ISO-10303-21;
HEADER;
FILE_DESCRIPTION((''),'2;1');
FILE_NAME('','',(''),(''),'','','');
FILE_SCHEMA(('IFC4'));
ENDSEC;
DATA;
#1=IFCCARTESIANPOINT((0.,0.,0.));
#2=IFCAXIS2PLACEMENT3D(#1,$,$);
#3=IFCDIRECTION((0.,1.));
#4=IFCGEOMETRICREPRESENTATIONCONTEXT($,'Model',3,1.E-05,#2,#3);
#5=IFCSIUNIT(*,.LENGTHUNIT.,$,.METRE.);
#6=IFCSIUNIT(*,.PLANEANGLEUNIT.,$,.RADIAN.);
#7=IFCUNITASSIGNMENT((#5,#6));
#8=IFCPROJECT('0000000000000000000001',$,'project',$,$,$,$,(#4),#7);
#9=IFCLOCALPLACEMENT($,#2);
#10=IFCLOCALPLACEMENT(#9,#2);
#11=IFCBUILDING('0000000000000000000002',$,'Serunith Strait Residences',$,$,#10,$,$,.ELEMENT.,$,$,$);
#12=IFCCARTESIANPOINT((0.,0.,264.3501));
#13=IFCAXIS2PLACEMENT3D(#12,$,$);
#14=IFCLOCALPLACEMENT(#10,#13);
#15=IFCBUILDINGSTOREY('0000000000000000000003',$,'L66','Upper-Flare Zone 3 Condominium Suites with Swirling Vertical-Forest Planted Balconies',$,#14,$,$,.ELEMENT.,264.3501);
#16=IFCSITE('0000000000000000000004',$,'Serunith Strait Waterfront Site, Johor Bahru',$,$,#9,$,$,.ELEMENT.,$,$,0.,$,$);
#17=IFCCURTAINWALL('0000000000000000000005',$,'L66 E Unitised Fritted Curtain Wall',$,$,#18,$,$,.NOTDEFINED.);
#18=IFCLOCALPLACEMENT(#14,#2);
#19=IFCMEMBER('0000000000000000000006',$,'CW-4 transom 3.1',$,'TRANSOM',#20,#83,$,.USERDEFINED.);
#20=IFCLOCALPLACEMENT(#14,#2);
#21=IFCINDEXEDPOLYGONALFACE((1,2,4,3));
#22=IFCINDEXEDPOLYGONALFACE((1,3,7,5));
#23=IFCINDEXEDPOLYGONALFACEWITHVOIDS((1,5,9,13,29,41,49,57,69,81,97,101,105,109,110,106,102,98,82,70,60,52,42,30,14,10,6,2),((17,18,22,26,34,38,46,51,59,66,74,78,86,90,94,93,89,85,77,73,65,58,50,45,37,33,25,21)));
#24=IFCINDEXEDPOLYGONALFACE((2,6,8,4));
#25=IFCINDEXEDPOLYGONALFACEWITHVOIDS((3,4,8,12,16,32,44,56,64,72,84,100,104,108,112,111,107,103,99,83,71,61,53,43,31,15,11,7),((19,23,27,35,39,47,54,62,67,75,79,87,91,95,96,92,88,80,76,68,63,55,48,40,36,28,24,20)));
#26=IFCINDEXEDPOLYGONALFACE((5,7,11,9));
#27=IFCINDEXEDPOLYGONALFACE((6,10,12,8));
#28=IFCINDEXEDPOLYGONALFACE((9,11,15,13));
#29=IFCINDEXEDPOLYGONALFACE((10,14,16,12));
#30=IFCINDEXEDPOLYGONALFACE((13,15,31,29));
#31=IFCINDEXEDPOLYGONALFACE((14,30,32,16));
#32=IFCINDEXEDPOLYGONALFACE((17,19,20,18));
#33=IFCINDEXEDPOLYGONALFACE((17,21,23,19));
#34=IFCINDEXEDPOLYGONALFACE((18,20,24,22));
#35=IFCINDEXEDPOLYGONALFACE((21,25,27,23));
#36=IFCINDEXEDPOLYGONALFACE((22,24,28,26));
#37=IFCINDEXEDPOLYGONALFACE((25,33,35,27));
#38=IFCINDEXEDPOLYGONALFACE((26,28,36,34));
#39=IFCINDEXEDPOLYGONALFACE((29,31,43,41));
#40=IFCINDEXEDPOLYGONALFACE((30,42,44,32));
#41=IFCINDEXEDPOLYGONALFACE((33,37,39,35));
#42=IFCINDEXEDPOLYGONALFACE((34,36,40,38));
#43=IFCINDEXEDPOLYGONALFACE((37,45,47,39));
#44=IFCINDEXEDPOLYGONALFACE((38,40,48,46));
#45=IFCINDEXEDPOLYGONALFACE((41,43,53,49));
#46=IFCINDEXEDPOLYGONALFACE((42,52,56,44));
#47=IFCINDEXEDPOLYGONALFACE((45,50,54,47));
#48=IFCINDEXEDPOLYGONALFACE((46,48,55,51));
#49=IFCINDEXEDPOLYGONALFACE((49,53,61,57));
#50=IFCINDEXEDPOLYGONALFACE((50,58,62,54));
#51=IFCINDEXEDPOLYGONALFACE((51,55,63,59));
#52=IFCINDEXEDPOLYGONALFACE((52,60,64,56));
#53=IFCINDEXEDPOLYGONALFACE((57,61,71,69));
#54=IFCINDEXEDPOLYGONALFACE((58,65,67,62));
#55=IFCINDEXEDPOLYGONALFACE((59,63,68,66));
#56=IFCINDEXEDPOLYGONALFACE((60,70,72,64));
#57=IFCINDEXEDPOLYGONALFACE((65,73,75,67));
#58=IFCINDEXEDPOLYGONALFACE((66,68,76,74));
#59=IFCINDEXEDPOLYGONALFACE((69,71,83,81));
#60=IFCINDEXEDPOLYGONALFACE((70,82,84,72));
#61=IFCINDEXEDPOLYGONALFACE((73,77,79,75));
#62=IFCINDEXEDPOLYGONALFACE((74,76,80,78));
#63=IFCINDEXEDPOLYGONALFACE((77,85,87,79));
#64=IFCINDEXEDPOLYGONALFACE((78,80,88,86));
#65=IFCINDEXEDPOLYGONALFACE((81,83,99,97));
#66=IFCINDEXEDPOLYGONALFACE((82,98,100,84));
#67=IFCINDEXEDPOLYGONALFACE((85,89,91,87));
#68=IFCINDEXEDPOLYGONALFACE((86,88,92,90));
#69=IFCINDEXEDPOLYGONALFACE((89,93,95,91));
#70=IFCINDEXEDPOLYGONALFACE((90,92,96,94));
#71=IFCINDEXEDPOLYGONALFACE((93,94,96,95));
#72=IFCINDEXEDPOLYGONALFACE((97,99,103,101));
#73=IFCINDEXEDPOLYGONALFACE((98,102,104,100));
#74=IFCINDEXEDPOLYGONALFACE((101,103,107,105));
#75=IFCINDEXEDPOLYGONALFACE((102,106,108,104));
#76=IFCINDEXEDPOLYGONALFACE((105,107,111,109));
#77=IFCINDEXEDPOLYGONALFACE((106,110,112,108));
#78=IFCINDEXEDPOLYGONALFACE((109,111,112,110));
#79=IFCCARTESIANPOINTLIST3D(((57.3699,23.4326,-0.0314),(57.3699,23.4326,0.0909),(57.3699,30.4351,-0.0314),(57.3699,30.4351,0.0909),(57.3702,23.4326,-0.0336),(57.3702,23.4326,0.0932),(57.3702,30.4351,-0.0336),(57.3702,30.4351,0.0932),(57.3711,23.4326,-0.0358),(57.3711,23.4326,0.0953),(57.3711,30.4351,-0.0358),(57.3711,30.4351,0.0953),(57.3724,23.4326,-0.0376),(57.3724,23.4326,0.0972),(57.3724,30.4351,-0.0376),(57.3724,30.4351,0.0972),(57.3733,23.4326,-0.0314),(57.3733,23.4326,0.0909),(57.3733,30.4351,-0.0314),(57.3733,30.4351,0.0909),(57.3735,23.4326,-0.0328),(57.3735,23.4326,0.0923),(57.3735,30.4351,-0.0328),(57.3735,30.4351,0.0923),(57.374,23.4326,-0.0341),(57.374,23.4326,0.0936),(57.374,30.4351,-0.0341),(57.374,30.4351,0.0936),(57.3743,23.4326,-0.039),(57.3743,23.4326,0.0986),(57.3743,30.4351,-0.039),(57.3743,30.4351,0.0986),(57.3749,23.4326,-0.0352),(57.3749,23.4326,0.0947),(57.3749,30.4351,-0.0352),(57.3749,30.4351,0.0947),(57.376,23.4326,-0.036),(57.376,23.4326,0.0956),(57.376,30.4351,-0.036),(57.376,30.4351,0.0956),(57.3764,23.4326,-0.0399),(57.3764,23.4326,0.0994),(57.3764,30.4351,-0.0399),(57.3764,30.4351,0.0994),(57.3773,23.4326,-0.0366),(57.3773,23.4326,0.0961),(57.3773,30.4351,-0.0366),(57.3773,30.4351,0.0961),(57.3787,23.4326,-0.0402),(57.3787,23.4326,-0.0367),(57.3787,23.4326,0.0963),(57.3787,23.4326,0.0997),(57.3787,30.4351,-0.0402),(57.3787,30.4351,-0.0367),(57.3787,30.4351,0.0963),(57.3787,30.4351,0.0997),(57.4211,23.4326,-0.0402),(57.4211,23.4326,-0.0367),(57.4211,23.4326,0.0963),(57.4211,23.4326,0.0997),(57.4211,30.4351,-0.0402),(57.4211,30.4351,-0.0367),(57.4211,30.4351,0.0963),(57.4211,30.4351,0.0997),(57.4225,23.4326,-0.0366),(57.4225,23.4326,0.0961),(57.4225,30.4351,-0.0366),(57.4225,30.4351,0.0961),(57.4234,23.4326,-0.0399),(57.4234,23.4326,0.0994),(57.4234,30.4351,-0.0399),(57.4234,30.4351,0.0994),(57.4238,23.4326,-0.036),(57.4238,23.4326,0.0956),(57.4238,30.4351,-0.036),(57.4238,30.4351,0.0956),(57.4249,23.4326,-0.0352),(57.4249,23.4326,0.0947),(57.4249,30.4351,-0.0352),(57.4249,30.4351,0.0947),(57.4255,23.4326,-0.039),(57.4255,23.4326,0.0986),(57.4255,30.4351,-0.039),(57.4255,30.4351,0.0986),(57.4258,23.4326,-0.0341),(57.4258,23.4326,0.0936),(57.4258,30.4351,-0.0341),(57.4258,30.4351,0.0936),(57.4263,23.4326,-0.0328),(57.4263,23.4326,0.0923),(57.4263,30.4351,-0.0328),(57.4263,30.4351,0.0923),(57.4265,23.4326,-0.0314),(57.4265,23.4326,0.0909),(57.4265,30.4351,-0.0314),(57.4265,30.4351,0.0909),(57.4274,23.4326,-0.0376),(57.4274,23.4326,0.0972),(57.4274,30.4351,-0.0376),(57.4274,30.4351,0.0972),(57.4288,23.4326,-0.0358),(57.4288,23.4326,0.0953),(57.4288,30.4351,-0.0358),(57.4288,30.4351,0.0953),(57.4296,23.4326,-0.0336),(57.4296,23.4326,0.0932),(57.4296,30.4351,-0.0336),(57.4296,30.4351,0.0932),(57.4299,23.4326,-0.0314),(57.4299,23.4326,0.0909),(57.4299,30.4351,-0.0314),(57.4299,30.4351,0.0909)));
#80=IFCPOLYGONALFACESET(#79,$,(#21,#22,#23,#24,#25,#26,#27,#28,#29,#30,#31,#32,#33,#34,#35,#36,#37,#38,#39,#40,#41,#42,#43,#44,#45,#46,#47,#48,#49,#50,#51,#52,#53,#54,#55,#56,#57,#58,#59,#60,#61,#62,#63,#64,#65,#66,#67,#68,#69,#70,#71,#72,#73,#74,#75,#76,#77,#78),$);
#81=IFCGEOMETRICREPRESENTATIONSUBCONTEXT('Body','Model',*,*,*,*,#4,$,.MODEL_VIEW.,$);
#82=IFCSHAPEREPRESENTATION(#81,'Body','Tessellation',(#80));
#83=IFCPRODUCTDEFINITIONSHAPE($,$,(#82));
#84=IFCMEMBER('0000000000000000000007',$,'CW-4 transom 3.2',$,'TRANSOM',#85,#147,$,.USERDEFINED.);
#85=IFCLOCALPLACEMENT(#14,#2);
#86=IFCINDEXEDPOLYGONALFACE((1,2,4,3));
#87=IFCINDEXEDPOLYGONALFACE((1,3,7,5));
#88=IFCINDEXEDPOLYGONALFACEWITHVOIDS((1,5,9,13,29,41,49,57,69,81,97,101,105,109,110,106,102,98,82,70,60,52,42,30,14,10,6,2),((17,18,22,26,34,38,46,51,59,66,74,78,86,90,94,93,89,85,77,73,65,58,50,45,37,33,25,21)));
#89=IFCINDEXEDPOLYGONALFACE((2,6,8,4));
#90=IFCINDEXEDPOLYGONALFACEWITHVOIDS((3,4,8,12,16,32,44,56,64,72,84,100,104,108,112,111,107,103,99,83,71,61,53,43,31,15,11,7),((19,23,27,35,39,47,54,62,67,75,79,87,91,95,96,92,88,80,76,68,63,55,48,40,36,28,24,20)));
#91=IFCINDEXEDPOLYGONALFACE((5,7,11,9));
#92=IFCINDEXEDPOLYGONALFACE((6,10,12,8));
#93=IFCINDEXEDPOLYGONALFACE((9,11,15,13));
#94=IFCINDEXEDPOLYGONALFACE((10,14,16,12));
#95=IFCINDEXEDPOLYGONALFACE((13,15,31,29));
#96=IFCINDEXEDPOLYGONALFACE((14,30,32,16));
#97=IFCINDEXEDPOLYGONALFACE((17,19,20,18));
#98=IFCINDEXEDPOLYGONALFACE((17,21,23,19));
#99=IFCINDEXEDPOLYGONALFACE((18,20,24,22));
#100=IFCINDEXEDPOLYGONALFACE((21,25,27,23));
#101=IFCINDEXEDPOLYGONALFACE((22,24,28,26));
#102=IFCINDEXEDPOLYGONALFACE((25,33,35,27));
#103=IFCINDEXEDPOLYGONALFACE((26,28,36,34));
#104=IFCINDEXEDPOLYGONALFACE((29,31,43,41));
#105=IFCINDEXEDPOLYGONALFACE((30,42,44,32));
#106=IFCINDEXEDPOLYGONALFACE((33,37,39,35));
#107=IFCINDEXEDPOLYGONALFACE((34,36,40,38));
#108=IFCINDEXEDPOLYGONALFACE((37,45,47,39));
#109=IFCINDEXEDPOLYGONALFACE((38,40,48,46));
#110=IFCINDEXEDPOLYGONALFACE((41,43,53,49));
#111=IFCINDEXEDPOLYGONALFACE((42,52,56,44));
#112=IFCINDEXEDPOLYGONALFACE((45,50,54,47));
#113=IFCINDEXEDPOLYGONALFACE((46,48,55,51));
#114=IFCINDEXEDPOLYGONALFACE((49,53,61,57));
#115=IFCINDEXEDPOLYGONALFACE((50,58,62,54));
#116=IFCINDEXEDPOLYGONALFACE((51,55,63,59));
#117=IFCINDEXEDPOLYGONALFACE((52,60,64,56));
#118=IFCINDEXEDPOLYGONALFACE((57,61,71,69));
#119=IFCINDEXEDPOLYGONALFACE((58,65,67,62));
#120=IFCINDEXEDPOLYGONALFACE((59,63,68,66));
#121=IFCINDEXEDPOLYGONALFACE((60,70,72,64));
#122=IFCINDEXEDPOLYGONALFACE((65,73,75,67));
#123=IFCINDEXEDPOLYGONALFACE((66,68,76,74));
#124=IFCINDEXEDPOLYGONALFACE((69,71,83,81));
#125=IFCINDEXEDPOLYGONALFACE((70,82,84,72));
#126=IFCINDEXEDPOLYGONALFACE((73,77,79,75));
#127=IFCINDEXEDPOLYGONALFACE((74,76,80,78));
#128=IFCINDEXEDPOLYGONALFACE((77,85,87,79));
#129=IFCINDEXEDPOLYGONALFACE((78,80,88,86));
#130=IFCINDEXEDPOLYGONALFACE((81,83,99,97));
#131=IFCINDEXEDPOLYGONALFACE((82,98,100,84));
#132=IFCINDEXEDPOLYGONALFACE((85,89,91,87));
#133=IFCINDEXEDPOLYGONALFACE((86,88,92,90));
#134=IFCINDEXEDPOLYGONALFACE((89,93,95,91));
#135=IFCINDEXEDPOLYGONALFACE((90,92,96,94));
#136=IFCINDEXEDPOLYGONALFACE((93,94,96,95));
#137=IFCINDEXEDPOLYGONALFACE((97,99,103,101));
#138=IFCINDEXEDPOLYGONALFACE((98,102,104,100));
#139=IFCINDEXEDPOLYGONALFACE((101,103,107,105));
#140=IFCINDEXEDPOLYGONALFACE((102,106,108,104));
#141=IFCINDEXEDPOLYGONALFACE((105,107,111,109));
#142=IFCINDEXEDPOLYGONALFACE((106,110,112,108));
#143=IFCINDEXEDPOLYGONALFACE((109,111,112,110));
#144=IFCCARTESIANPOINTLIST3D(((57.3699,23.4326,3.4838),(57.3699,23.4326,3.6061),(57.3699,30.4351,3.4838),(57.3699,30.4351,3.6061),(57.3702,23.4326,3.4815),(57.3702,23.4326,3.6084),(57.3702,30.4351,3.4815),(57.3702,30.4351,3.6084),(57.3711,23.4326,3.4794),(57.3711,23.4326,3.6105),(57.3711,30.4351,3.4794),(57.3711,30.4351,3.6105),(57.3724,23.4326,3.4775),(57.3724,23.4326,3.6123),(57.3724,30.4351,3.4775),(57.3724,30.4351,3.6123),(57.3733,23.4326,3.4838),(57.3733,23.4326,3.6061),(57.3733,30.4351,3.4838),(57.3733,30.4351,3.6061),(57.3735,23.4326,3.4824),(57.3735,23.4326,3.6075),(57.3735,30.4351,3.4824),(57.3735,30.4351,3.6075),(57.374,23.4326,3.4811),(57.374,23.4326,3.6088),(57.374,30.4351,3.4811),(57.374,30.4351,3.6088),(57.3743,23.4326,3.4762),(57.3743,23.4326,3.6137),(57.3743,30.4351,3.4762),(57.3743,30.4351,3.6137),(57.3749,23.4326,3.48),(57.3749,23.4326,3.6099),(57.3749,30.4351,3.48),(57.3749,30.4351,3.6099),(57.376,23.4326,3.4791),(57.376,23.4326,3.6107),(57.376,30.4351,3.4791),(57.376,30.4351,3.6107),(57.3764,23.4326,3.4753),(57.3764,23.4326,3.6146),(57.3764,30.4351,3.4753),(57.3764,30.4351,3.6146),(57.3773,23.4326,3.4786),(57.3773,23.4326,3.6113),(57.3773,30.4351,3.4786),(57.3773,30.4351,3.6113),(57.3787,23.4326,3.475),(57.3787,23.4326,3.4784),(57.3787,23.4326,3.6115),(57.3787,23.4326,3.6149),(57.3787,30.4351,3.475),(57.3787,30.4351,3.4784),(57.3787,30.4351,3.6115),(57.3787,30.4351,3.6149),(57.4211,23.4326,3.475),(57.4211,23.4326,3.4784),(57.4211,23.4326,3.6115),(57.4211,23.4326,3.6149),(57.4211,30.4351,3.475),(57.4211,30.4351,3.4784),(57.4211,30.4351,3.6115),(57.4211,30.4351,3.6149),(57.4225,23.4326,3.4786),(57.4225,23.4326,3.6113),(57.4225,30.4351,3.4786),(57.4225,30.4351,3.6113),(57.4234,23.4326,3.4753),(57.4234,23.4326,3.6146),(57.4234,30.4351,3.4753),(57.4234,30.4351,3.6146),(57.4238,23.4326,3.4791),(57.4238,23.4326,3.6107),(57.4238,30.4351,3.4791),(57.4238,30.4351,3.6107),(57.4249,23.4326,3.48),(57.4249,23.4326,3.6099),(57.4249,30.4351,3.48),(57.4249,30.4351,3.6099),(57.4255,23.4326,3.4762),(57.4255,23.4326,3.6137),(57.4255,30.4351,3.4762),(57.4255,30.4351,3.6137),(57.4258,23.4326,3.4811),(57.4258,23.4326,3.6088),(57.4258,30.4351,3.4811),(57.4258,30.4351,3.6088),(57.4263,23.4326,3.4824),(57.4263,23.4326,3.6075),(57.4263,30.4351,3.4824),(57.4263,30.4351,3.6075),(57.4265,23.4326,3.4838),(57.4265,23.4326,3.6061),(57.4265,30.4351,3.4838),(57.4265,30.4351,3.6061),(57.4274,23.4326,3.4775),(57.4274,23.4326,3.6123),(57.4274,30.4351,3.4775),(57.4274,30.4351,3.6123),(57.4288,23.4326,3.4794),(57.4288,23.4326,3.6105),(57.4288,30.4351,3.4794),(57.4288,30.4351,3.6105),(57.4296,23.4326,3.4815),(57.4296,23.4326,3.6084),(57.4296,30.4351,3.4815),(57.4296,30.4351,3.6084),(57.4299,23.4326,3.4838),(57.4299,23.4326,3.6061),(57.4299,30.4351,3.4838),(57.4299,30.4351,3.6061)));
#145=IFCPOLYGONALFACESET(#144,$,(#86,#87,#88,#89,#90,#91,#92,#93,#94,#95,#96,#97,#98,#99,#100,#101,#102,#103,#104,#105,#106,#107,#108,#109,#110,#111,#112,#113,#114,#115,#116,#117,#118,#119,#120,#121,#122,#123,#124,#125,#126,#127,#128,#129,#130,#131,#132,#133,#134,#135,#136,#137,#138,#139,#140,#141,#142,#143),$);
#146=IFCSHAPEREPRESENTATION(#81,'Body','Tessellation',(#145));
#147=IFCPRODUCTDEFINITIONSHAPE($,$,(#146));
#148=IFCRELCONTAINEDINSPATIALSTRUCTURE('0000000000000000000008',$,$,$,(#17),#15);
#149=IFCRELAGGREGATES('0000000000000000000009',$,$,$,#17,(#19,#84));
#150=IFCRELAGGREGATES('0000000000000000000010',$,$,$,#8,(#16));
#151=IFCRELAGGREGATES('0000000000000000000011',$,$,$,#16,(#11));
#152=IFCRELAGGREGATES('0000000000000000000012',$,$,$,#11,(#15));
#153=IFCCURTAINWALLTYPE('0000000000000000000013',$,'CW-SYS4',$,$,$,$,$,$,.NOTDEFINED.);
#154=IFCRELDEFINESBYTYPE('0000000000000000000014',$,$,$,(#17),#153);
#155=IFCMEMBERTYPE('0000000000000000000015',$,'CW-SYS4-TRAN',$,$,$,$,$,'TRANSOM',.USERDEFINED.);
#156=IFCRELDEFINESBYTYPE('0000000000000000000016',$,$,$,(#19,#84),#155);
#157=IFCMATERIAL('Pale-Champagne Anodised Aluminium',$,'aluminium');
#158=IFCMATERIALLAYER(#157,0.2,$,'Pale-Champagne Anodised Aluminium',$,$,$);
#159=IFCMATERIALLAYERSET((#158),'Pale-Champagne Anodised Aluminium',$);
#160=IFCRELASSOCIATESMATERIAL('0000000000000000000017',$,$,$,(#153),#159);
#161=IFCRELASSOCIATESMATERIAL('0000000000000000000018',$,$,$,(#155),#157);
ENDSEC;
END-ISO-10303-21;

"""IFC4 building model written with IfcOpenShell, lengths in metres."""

from ifc_helpers import new_model, si_unit, direction, frame, origin, origin_2d, place, context, subcontext, project, spatial, hollow_rectangle, extrude, source, transform, mapped, material, layer, layer_set, material_profile, profile_set, type_object, element, aggregate, save


model = new_model("IFC4")

# Units and contexts
model_context = context("Model", 3, precision=1e-05, world=origin(), true_north=direction((0.0, 1.0)))
body_context = subcontext(model_context, "Body", "Model", "MODEL_VIEW")
ifc_project = project(units=[si_unit("LENGTHUNIT", "METRE"), si_unit("PLANEANGLEUNIT", "RADIAN")], contexts=[model_context])

# Site, building, storey
site_placement = place(None, origin())
site = spatial("IfcSite", under=ifc_project, at=site_placement, Name="Serunith Strait Waterfront Site, Johor Bahru", CompositionType="ELEMENT", RefElevation=0.0)
building_placement = place(site_placement, origin())
building = spatial("IfcBuilding", under=site, at=building_placement, Name="Serunith Strait Residences", CompositionType="ELEMENT")
storey_placement = place(building_placement, frame((0.0, 0.0, 264.3501)))
storey = spatial("IfcBuildingStorey", under=building, at=storey_placement, Name="L66", Description="Upper-Flare Zone 3 Condominium Suites with Swirling Vertical-Forest Planted Balconies", CompositionType="ELEMENT", Elevation=264.3501)

# Curtain wall, members
ifc_material_1 = material(Name="Pale-Champagne Anodised Aluminium", Category="aluminium")
ifc_layer_1 = layer(ifc_material_1, 0.2, Name="Pale-Champagne Anodised Aluminium")
ifc_layer_set_1 = layer_set([ifc_layer_1], Name="Pale-Champagne Anodised Aluminium")
curtain_wall_type = type_object("IfcCurtainWallType", Name="CW-SYS4", PredefinedType="NOTDEFINED", material=ifc_layer_set_1)
curtain_wall_placement = place(storey_placement, origin())
curtain_wall = element("IfcCurtainWall", 1, at=curtain_wall_placement, inside=storey, type_object=curtain_wall_type, Name="L66 E Unitised Fritted Curtain Wall", PredefinedType="NOTDEFINED")
ifc_material_profile_1 = material_profile(ifc_material_1, hollow_rectangle(XDim=0.0601, YDim=0.1399, WallThickness=0.0034, InnerFilletRadius=0.0054, OuterFilletRadius=0.0088, at=origin_2d()), Name="ALU 140x60x3.5")
ifc_profile_set_1 = profile_set([ifc_material_profile_1], Name="Pale-Champagne Anodised Aluminium")
member_type_1 = type_object("IfcMemberType", Name="CW-SYS4-TRAN", ElementType="TRANSOM", PredefinedType="USERDEFINED", material=ifc_profile_set_1)
shared_shape_1 = source(origin(), body_context, "Body", "SweptSolid", [
    extrude(hollow_rectangle(XDim=0.0601, YDim=0.1399, WallThickness=0.0034, InnerFilletRadius=0.0054, OuterFilletRadius=0.0088, at=origin_2d()), origin(), (0.0, 0.0, 1.0), 7.0024),
])
member_1_placement = place(storey_placement, frame((57.3999, 23.4326, 0.0298), z_axis=(0.0, 1.0, 0.0), x_axis=(-1.0, 0.0, 0.0)))
member_1 = element("IfcMember", 2, at=member_1_placement, type_object=member_type_1, Name="CW-4 transom 3.1", ObjectType="TRANSOM", PredefinedType="USERDEFINED", context=body_context, shape_type="MappedRepresentation", body=[
    mapped(shared_shape_1, transform((0.0, 0.0, 0.0), scale=1.0)),
])
member_2_placement = place(storey_placement, frame((57.3999, 23.4326, 3.5449), z_axis=(0.0, 1.0, 0.0), x_axis=(-1.0, 0.0, 0.0)))
member_2 = element("IfcMember", 3, at=member_2_placement, type_object=member_type_1, Name="CW-4 transom 3.2", ObjectType="TRANSOM", PredefinedType="USERDEFINED", context=body_context, shape_type="MappedRepresentation", body=[
    mapped(shared_shape_1, transform((0.0, 0.0, 0.0), scale=1.0)),
])
aggregate(curtain_wall, [member_1, member_2])

save(model, "model.ifc")
